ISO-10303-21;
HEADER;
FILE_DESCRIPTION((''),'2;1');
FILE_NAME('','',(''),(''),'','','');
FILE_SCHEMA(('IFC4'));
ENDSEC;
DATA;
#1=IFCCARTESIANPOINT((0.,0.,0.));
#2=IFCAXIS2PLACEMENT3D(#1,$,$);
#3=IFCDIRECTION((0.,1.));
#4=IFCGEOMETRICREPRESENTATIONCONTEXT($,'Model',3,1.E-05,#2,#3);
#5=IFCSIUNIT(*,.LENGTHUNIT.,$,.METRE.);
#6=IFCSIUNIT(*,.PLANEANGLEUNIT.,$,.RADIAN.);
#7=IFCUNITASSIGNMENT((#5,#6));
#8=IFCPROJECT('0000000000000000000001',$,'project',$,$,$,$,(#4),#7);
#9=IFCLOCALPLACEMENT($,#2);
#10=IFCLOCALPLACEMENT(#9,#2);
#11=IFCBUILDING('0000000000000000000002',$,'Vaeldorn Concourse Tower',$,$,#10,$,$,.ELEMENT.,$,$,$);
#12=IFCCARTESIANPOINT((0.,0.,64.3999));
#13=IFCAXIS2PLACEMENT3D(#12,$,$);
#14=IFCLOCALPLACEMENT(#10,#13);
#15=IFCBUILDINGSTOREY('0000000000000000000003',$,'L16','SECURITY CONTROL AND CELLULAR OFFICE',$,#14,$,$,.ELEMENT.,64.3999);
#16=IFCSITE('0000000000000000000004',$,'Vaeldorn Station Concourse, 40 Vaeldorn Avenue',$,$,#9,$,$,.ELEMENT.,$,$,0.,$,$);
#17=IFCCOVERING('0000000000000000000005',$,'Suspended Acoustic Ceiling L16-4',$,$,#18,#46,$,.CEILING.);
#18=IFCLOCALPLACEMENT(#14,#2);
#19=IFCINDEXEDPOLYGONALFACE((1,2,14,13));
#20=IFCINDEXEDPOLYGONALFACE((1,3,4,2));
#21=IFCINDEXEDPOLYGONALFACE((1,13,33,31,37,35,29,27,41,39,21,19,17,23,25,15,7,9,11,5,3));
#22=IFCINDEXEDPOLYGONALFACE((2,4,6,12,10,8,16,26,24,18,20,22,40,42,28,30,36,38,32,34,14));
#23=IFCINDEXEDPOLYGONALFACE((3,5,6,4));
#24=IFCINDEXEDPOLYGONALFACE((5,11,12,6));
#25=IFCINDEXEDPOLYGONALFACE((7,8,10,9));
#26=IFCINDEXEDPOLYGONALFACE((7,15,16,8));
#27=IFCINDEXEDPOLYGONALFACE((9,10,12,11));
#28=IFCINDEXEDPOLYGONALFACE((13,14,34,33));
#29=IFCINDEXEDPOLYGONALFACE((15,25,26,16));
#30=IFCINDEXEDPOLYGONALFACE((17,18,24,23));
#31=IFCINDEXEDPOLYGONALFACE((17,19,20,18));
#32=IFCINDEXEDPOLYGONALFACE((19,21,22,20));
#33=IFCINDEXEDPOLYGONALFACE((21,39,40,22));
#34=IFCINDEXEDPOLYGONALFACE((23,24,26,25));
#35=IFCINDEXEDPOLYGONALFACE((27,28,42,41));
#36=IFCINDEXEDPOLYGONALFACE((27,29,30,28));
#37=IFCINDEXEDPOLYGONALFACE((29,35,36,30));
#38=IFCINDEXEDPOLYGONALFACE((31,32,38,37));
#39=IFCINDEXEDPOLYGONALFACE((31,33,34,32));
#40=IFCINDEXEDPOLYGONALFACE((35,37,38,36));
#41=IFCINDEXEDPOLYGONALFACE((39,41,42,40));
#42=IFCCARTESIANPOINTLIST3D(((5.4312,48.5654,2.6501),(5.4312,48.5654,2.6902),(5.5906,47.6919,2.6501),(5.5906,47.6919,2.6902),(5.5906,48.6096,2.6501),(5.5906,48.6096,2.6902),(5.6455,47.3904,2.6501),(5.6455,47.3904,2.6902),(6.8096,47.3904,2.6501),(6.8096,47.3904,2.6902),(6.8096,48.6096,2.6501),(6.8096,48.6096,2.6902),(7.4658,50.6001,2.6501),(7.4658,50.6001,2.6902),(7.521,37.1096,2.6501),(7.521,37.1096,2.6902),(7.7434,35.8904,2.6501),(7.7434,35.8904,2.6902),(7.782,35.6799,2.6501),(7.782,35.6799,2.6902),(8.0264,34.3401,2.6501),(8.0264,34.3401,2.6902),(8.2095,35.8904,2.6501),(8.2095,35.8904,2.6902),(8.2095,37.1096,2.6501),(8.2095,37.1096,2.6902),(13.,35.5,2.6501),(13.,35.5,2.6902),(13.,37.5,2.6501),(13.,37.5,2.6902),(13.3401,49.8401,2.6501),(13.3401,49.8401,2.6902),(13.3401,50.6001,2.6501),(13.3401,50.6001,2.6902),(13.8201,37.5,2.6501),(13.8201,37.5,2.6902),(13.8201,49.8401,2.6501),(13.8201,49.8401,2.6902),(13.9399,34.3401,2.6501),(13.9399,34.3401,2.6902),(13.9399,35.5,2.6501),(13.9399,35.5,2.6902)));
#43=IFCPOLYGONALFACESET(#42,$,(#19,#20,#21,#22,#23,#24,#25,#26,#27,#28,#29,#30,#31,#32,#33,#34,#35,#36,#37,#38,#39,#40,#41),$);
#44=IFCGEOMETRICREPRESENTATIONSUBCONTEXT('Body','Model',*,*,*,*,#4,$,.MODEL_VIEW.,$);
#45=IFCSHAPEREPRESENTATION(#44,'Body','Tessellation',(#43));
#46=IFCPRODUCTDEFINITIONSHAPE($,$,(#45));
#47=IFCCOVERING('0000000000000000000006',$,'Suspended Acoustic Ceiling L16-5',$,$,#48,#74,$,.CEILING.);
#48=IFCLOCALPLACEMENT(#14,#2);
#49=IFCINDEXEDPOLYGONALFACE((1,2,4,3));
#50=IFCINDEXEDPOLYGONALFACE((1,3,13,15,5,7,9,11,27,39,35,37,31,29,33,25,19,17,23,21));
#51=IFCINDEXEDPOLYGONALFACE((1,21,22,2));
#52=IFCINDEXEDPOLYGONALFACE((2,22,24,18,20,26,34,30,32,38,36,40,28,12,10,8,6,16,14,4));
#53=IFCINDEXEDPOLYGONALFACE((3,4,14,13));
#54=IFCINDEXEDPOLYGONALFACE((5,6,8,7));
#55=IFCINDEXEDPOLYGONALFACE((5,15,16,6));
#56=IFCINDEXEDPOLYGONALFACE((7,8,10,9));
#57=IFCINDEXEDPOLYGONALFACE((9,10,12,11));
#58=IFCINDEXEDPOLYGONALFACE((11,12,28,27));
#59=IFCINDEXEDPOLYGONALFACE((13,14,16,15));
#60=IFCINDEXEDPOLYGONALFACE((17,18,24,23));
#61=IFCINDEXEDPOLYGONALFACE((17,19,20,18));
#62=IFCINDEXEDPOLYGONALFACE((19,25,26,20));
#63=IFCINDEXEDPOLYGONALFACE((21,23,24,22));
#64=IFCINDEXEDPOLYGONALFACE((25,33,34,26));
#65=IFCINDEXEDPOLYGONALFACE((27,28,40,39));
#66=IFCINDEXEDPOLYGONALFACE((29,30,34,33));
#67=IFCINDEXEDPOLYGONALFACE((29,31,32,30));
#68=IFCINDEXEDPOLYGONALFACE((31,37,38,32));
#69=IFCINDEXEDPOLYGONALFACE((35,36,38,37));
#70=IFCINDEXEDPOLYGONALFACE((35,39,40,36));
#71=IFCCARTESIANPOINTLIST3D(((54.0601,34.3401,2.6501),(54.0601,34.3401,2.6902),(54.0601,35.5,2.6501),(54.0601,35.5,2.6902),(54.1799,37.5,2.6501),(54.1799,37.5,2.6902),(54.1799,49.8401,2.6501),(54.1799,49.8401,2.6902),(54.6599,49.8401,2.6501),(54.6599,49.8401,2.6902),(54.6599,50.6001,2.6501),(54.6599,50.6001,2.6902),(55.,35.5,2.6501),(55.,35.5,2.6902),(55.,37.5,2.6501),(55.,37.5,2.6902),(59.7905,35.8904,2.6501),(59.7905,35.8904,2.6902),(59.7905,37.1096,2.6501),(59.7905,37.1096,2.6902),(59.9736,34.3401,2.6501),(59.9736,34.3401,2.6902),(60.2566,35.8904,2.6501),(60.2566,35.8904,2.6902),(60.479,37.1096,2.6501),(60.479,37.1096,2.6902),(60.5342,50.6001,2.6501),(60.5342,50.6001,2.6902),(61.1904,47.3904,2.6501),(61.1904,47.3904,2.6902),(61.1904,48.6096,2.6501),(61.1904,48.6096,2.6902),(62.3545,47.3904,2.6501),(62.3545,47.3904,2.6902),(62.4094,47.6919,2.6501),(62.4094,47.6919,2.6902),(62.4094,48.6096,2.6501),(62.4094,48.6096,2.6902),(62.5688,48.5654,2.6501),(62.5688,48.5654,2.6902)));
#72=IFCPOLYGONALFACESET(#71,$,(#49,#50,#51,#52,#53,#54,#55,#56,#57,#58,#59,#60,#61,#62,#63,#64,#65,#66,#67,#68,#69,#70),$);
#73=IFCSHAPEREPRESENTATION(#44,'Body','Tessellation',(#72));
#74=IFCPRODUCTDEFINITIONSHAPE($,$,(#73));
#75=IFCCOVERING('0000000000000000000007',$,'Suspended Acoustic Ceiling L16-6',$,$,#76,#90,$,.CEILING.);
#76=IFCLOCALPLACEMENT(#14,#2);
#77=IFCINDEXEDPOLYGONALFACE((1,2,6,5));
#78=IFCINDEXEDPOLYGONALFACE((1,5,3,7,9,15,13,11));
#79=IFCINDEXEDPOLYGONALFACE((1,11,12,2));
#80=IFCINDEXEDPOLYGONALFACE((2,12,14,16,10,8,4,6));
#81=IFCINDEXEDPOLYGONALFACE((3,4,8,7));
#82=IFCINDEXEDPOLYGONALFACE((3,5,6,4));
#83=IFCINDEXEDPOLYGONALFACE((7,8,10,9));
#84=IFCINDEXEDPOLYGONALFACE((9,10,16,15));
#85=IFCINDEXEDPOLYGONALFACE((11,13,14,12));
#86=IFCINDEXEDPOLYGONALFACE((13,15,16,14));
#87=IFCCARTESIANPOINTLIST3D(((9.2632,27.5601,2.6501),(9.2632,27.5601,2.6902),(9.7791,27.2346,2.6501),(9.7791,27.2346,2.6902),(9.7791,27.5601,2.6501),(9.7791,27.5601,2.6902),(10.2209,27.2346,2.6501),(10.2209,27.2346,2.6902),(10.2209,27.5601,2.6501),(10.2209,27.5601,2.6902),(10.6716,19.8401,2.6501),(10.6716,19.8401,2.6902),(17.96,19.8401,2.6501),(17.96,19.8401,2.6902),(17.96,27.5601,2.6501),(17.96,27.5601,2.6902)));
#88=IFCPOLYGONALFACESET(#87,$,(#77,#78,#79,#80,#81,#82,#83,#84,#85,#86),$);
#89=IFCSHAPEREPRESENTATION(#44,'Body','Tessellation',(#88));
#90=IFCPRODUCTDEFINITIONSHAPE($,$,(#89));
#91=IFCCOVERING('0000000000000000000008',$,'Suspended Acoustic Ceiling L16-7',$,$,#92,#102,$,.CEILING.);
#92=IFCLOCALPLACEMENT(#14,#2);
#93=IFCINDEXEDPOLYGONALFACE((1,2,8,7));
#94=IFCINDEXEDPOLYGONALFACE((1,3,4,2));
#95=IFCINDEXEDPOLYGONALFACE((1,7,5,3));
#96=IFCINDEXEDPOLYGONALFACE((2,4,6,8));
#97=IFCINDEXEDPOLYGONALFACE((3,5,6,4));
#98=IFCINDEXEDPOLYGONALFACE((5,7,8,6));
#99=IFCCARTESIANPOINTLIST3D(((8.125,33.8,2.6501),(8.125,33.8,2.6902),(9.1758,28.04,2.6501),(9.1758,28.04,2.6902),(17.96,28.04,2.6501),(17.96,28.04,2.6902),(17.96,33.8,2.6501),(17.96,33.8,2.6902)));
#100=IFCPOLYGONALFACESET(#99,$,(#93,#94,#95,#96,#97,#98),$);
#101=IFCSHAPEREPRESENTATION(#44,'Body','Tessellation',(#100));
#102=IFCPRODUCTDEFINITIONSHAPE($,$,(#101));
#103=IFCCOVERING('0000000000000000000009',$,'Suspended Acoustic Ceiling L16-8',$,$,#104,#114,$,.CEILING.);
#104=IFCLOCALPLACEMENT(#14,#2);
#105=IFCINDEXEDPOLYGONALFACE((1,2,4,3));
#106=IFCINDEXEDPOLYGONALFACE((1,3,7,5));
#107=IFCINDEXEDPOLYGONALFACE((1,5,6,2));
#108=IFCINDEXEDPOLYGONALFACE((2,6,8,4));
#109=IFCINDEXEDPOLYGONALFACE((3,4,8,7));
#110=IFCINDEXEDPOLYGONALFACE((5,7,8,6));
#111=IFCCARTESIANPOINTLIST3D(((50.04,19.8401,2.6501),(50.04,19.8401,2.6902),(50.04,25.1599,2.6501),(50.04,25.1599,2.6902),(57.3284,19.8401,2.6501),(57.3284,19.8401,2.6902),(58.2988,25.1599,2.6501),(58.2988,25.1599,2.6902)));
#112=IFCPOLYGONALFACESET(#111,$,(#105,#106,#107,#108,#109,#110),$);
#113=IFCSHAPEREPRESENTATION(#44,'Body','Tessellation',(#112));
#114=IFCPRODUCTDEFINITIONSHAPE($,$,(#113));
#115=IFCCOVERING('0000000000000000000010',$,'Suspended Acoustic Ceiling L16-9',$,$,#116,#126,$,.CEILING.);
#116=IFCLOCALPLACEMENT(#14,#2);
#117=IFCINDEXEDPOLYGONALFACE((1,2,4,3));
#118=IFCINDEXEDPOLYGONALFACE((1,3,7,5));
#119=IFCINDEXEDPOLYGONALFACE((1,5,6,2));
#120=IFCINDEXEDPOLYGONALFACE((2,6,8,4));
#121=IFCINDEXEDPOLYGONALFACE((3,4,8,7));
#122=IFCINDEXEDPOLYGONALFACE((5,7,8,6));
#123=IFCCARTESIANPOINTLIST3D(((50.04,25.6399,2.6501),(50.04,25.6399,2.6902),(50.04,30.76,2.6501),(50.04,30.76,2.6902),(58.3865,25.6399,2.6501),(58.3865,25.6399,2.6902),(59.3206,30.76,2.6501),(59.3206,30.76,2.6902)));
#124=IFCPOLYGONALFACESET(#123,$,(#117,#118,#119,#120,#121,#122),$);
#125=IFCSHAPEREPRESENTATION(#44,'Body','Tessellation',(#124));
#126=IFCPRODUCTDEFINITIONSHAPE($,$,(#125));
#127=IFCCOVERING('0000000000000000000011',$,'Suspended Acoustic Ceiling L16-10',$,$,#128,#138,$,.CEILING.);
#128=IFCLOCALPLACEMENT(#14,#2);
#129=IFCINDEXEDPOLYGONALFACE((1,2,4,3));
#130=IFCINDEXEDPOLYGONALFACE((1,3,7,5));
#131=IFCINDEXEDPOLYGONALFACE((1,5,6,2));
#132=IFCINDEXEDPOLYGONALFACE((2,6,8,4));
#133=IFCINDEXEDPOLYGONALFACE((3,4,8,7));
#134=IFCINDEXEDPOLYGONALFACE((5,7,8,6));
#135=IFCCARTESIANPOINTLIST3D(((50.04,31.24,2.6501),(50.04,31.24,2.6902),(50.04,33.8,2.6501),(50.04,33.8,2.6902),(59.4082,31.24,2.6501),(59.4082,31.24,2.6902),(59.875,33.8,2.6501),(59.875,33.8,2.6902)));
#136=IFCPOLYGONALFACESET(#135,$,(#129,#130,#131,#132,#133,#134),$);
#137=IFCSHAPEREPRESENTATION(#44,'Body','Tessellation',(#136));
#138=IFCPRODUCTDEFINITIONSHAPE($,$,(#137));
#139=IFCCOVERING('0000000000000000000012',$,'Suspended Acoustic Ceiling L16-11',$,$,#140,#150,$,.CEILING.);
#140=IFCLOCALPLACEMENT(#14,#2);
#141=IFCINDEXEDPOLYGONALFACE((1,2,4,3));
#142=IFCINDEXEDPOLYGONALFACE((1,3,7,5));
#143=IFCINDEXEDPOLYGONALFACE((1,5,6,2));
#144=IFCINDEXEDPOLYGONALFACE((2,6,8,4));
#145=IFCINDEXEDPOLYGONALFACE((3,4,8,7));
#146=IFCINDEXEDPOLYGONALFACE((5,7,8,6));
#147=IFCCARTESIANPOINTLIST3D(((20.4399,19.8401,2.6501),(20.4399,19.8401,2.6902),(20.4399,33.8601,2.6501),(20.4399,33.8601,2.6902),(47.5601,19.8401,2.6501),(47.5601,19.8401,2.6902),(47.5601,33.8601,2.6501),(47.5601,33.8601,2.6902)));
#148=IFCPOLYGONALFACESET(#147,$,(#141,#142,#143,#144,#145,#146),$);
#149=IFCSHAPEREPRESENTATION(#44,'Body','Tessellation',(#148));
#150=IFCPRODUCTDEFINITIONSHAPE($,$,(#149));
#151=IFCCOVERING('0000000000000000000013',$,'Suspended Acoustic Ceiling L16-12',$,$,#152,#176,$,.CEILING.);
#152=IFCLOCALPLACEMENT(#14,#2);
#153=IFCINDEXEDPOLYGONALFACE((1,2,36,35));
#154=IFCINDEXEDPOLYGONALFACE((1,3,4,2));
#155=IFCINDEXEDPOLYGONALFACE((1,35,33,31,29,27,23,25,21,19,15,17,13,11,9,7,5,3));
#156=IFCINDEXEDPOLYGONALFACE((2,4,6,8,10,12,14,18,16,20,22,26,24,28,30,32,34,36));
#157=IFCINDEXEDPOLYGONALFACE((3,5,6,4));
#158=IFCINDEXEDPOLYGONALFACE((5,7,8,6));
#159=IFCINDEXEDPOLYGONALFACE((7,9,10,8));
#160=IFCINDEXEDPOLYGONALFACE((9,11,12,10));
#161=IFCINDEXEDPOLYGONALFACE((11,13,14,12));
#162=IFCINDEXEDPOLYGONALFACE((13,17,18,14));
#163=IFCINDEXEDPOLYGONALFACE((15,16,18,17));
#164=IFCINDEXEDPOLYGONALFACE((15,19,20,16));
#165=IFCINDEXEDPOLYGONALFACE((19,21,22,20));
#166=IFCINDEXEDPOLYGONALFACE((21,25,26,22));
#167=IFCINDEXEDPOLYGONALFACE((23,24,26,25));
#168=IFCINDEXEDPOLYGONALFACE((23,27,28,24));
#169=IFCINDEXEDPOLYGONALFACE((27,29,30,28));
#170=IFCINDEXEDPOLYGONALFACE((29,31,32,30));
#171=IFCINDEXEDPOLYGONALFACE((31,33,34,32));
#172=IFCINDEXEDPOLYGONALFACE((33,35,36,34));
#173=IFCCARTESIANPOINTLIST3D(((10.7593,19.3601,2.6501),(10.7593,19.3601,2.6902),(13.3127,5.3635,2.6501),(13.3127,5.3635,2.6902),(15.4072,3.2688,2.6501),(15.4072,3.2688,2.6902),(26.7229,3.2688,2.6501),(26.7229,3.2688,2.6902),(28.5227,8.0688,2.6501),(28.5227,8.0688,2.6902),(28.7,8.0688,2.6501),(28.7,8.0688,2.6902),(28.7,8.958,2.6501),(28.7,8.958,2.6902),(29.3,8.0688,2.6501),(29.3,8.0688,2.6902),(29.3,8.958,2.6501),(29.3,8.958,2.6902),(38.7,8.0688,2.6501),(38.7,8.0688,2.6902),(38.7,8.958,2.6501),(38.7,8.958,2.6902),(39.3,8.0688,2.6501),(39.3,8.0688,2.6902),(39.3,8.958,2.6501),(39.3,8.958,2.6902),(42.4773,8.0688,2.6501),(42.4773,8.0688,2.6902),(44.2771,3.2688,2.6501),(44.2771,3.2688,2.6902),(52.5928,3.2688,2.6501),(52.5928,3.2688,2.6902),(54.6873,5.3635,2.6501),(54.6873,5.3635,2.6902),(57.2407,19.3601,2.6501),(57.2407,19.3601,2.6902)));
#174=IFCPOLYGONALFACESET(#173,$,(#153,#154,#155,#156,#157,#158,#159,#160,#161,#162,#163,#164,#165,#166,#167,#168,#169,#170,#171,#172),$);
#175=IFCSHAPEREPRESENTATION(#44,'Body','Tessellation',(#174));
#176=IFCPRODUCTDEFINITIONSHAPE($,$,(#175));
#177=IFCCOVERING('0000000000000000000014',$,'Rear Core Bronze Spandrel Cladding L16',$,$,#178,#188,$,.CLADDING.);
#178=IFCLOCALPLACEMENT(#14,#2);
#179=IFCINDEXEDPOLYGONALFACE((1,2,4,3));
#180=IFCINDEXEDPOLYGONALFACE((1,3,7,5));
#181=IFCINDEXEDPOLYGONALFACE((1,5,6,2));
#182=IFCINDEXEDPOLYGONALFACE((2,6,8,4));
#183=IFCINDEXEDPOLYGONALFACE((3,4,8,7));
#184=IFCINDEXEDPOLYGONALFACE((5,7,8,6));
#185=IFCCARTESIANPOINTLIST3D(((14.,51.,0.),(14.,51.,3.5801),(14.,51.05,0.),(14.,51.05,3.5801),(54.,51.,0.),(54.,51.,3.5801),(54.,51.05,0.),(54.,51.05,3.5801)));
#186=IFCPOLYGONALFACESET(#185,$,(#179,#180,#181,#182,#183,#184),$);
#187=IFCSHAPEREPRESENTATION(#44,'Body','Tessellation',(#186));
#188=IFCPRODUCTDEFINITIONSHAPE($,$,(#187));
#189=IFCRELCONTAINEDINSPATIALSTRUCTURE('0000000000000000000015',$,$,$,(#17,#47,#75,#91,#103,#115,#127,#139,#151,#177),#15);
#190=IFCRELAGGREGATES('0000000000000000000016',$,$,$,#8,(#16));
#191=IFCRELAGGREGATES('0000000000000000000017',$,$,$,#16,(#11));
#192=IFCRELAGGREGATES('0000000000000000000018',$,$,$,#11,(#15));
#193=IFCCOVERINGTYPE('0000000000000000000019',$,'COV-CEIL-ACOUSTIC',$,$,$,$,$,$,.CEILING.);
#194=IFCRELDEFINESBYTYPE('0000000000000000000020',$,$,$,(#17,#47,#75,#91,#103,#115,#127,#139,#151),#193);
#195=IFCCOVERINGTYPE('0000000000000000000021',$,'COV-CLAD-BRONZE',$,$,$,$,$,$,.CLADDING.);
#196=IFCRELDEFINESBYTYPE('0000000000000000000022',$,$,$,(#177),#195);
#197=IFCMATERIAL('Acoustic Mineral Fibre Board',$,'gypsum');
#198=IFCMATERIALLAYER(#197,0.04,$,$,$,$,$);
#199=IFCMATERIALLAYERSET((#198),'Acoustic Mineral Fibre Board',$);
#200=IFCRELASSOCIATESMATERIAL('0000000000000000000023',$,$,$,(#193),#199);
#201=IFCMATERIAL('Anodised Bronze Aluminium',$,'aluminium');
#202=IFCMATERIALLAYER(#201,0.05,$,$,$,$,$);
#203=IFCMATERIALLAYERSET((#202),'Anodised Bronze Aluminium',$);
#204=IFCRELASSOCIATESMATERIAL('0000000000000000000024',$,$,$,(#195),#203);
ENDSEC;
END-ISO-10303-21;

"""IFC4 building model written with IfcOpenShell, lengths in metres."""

from ifc_helpers import new_model, si_unit, direction, frame, origin, place, context, subcontext, project, spatial, polyline, outline, extrude, material, layer, layer_set, type_object, element, save


model = new_model("IFC4")

# Units and contexts
model_context = context("Model", 3, precision=1e-05, world=origin(), true_north=direction((0.0, 1.0)))
body_context = subcontext(model_context, "Body", "Model", "MODEL_VIEW")
ifc_project = project(units=[si_unit("LENGTHUNIT", "METRE"), si_unit("PLANEANGLEUNIT", "RADIAN")], contexts=[model_context])

# Site, building, storey
site_placement = place(None, origin())
site = spatial("IfcSite", under=ifc_project, at=site_placement, Name="Vaeldorn Station Concourse, 40 Vaeldorn Avenue", CompositionType="ELEMENT", RefElevation=0.0)
building_placement = place(site_placement, origin())
building = spatial("IfcBuilding", under=site, at=building_placement, Name="Vaeldorn Concourse Tower", CompositionType="ELEMENT")
storey_placement = place(building_placement, frame((0.0, 0.0, 64.3999)))
storey = spatial("IfcBuildingStorey", under=building, at=storey_placement, Name="L16", Description="SECURITY CONTROL AND CELLULAR OFFICE", CompositionType="ELEMENT", Elevation=64.3999)

# Shared definitions
ifc_material_1 = material(Name="Anodised Bronze Aluminium", Category="aluminium")

# Coverings
ifc_material_2 = material(Name="Acoustic Mineral Fibre Board", Category="gypsum")
ifc_layer_1 = layer(ifc_material_2, 0.04)
ifc_layer_set_1 = layer_set([ifc_layer_1], Name="Acoustic Mineral Fibre Board")
covering_type_1 = type_object("IfcCoveringType", Name="COV-CEIL-ACOUSTIC", PredefinedType="CEILING", material=ifc_layer_set_1)
covering_1_placement = place(storey_placement, frame((0.0, 0.0, 2.6501)))
element("IfcCovering", 1, at=covering_1_placement, inside=storey, type_object=covering_type_1, Name="Suspended Acoustic Ceiling L16-4", PredefinedType="CEILING", context=body_context, shape_type="SweptSolid", body=[
    extrude(outline(polyline([(7.4658, 50.6001), (13.3401, 50.6001), (13.3401, 49.8401), (13.8201, 49.8401), (13.8201, 37.5), (13.0, 37.5), (13.0, 35.5), (13.9399, 35.5), (13.9399, 34.3401), (8.0264, 34.3401), (7.782, 35.6799), (7.782, 35.6799), (7.7434, 35.8904), (8.2095, 35.8904), (8.2095, 37.1096), (7.521, 37.1096), (5.6455, 47.3904), (6.8096, 47.3904), (6.8096, 48.6096), (5.5906, 48.6096), (5.5906, 47.6919), (5.4312, 48.5654), (7.4658, 50.6001)])), origin(), (0.0, 0.0, 1.0), 0.04),
])
covering_2_placement = place(storey_placement, frame((0.0, 0.0, 2.6501)))
element("IfcCovering", 2, at=covering_2_placement, inside=storey, type_object=covering_type_1, Name="Suspended Acoustic Ceiling L16-5", PredefinedType="CEILING", context=body_context, shape_type="SweptSolid", body=[
    extrude(outline(polyline([(54.1799, 49.8401), (54.6599, 49.8401), (54.6599, 50.6001), (60.5342, 50.6001), (62.5688, 48.5654), (62.4094, 47.6919), (62.4094, 48.6096), (61.1904, 48.6096), (61.1904, 47.3904), (62.3545, 47.3904), (60.479, 37.1096), (59.7905, 37.1096), (59.7905, 35.8904), (60.2566, 35.8904), (59.9736, 34.3401), (54.0601, 34.3401), (54.0601, 35.5), (55.0, 35.5), (55.0, 37.5), (54.1799, 37.5), (54.1799, 49.8401)])), origin(), (0.0, 0.0, 1.0), 0.04),
])
covering_3_placement = place(storey_placement, frame((0.0, 0.0, 2.6501)))
element("IfcCovering", 3, at=covering_3_placement, inside=storey, type_object=covering_type_1, Name="Suspended Acoustic Ceiling L16-6", PredefinedType="CEILING", context=body_context, shape_type="SweptSolid", body=[
    extrude(outline(polyline([(9.7791, 27.5601), (9.7791, 27.2346), (10.2209, 27.2346), (10.2209, 27.5601), (17.96, 27.5601), (17.96, 19.8401), (10.6716, 19.8401), (9.2632, 27.5601), (9.7791, 27.5601)])), origin(), (0.0, 0.0, 1.0), 0.04),
])
covering_4_placement = place(storey_placement, frame((0.0, 0.0, 2.6501)))
element("IfcCovering", 4, at=covering_4_placement, inside=storey, type_object=covering_type_1, Name="Suspended Acoustic Ceiling L16-7", PredefinedType="CEILING", context=body_context, shape_type="SweptSolid", body=[
    extrude(outline(polyline([(17.96, 33.8), (17.96, 28.04), (9.1758, 28.04), (8.125, 33.8), (17.96, 33.8)])), origin(), (0.0, 0.0, 1.0), 0.04),
])
covering_5_placement = place(storey_placement, frame((0.0, 0.0, 2.6501)))
element("IfcCovering", 5, at=covering_5_placement, inside=storey, type_object=covering_type_1, Name="Suspended Acoustic Ceiling L16-8", PredefinedType="CEILING", context=body_context, shape_type="SweptSolid", body=[
    extrude(outline(polyline([(50.04, 19.8401), (50.04, 25.1599), (58.2988, 25.1599), (57.3284, 19.8401), (50.04, 19.8401)])), origin(), (0.0, 0.0, 1.0), 0.04),
])
covering_6_placement = place(storey_placement, frame((0.0, 0.0, 2.6501)))
element("IfcCovering", 6, at=covering_6_placement, inside=storey, type_object=covering_type_1, Name="Suspended Acoustic Ceiling L16-9", PredefinedType="CEILING", context=body_context, shape_type="SweptSolid", body=[
    extrude(outline(polyline([(50.04, 25.6399), (50.04, 30.76), (59.3206, 30.76), (58.3865, 25.6399), (50.04, 25.6399)])), origin(), (0.0, 0.0, 1.0), 0.04),
])
covering_7_placement = place(storey_placement, frame((0.0, 0.0, 2.6501)))
element("IfcCovering", 7, at=covering_7_placement, inside=storey, type_object=covering_type_1, Name="Suspended Acoustic Ceiling L16-10", PredefinedType="CEILING", context=body_context, shape_type="SweptSolid", body=[
    extrude(outline(polyline([(50.04, 31.24), (50.04, 33.8), (59.875, 33.8), (59.4082, 31.24), (50.04, 31.24)])), origin(), (0.0, 0.0, 1.0), 0.04),
])
covering_8_placement = place(storey_placement, frame((0.0, 0.0, 2.6501)))
element("IfcCovering", 8, at=covering_8_placement, inside=storey, type_object=covering_type_1, Name="Suspended Acoustic Ceiling L16-11", PredefinedType="CEILING", context=body_context, shape_type="SweptSolid", body=[
    extrude(outline(polyline([(20.4399, 33.8601), (47.5601, 33.8601), (47.5601, 19.8401), (20.4399, 19.8401), (20.4399, 33.8601)])), origin(), (0.0, 0.0, 1.0), 0.04),
])
covering_9_placement = place(storey_placement, frame((0.0, 0.0, 2.6501)))
element("IfcCovering", 9, at=covering_9_placement, inside=storey, type_object=covering_type_1, Name="Suspended Acoustic Ceiling L16-12", PredefinedType="CEILING", context=body_context, shape_type="SweptSolid", body=[
    extrude(outline(polyline([(57.2407, 19.3601), (54.6873, 5.3635), (52.5928, 3.2688), (44.2771, 3.2688), (42.4773, 8.0688), (39.3, 8.0688), (39.3, 8.958), (38.7, 8.958), (38.7, 8.0688), (29.3, 8.0688), (29.3, 8.958), (28.7, 8.958), (28.7, 8.0688), (28.5227, 8.0688), (26.7229, 3.2688), (15.4072, 3.2688), (13.3127, 5.3635), (10.7593, 19.3601), (57.2407, 19.3601)])), origin(), (0.0, 0.0, 1.0), 0.04),
])
ifc_layer_2 = layer(ifc_material_1, 0.05)
ifc_layer_set_2 = layer_set([ifc_layer_2], Name="Anodised Bronze Aluminium")
covering_type_2 = type_object("IfcCoveringType", Name="COV-CLAD-BRONZE", PredefinedType="CLADDING", material=ifc_layer_set_2)
covering_10_placement = place(storey_placement, origin())
element("IfcCovering", 10, at=covering_10_placement, inside=storey, type_object=covering_type_2, Name="Rear Core Bronze Spandrel Cladding L16", PredefinedType="CLADDING", context=body_context, shape_type="SweptSolid", body=[
    extrude(outline(polyline([(14.0, 51.0), (54.0, 51.0), (54.0, 51.05), (14.0, 51.05), (14.0, 51.0)])), origin(), (0.0, 0.0, 1.0), 3.5801),
])

save(model, "model.ifc")
